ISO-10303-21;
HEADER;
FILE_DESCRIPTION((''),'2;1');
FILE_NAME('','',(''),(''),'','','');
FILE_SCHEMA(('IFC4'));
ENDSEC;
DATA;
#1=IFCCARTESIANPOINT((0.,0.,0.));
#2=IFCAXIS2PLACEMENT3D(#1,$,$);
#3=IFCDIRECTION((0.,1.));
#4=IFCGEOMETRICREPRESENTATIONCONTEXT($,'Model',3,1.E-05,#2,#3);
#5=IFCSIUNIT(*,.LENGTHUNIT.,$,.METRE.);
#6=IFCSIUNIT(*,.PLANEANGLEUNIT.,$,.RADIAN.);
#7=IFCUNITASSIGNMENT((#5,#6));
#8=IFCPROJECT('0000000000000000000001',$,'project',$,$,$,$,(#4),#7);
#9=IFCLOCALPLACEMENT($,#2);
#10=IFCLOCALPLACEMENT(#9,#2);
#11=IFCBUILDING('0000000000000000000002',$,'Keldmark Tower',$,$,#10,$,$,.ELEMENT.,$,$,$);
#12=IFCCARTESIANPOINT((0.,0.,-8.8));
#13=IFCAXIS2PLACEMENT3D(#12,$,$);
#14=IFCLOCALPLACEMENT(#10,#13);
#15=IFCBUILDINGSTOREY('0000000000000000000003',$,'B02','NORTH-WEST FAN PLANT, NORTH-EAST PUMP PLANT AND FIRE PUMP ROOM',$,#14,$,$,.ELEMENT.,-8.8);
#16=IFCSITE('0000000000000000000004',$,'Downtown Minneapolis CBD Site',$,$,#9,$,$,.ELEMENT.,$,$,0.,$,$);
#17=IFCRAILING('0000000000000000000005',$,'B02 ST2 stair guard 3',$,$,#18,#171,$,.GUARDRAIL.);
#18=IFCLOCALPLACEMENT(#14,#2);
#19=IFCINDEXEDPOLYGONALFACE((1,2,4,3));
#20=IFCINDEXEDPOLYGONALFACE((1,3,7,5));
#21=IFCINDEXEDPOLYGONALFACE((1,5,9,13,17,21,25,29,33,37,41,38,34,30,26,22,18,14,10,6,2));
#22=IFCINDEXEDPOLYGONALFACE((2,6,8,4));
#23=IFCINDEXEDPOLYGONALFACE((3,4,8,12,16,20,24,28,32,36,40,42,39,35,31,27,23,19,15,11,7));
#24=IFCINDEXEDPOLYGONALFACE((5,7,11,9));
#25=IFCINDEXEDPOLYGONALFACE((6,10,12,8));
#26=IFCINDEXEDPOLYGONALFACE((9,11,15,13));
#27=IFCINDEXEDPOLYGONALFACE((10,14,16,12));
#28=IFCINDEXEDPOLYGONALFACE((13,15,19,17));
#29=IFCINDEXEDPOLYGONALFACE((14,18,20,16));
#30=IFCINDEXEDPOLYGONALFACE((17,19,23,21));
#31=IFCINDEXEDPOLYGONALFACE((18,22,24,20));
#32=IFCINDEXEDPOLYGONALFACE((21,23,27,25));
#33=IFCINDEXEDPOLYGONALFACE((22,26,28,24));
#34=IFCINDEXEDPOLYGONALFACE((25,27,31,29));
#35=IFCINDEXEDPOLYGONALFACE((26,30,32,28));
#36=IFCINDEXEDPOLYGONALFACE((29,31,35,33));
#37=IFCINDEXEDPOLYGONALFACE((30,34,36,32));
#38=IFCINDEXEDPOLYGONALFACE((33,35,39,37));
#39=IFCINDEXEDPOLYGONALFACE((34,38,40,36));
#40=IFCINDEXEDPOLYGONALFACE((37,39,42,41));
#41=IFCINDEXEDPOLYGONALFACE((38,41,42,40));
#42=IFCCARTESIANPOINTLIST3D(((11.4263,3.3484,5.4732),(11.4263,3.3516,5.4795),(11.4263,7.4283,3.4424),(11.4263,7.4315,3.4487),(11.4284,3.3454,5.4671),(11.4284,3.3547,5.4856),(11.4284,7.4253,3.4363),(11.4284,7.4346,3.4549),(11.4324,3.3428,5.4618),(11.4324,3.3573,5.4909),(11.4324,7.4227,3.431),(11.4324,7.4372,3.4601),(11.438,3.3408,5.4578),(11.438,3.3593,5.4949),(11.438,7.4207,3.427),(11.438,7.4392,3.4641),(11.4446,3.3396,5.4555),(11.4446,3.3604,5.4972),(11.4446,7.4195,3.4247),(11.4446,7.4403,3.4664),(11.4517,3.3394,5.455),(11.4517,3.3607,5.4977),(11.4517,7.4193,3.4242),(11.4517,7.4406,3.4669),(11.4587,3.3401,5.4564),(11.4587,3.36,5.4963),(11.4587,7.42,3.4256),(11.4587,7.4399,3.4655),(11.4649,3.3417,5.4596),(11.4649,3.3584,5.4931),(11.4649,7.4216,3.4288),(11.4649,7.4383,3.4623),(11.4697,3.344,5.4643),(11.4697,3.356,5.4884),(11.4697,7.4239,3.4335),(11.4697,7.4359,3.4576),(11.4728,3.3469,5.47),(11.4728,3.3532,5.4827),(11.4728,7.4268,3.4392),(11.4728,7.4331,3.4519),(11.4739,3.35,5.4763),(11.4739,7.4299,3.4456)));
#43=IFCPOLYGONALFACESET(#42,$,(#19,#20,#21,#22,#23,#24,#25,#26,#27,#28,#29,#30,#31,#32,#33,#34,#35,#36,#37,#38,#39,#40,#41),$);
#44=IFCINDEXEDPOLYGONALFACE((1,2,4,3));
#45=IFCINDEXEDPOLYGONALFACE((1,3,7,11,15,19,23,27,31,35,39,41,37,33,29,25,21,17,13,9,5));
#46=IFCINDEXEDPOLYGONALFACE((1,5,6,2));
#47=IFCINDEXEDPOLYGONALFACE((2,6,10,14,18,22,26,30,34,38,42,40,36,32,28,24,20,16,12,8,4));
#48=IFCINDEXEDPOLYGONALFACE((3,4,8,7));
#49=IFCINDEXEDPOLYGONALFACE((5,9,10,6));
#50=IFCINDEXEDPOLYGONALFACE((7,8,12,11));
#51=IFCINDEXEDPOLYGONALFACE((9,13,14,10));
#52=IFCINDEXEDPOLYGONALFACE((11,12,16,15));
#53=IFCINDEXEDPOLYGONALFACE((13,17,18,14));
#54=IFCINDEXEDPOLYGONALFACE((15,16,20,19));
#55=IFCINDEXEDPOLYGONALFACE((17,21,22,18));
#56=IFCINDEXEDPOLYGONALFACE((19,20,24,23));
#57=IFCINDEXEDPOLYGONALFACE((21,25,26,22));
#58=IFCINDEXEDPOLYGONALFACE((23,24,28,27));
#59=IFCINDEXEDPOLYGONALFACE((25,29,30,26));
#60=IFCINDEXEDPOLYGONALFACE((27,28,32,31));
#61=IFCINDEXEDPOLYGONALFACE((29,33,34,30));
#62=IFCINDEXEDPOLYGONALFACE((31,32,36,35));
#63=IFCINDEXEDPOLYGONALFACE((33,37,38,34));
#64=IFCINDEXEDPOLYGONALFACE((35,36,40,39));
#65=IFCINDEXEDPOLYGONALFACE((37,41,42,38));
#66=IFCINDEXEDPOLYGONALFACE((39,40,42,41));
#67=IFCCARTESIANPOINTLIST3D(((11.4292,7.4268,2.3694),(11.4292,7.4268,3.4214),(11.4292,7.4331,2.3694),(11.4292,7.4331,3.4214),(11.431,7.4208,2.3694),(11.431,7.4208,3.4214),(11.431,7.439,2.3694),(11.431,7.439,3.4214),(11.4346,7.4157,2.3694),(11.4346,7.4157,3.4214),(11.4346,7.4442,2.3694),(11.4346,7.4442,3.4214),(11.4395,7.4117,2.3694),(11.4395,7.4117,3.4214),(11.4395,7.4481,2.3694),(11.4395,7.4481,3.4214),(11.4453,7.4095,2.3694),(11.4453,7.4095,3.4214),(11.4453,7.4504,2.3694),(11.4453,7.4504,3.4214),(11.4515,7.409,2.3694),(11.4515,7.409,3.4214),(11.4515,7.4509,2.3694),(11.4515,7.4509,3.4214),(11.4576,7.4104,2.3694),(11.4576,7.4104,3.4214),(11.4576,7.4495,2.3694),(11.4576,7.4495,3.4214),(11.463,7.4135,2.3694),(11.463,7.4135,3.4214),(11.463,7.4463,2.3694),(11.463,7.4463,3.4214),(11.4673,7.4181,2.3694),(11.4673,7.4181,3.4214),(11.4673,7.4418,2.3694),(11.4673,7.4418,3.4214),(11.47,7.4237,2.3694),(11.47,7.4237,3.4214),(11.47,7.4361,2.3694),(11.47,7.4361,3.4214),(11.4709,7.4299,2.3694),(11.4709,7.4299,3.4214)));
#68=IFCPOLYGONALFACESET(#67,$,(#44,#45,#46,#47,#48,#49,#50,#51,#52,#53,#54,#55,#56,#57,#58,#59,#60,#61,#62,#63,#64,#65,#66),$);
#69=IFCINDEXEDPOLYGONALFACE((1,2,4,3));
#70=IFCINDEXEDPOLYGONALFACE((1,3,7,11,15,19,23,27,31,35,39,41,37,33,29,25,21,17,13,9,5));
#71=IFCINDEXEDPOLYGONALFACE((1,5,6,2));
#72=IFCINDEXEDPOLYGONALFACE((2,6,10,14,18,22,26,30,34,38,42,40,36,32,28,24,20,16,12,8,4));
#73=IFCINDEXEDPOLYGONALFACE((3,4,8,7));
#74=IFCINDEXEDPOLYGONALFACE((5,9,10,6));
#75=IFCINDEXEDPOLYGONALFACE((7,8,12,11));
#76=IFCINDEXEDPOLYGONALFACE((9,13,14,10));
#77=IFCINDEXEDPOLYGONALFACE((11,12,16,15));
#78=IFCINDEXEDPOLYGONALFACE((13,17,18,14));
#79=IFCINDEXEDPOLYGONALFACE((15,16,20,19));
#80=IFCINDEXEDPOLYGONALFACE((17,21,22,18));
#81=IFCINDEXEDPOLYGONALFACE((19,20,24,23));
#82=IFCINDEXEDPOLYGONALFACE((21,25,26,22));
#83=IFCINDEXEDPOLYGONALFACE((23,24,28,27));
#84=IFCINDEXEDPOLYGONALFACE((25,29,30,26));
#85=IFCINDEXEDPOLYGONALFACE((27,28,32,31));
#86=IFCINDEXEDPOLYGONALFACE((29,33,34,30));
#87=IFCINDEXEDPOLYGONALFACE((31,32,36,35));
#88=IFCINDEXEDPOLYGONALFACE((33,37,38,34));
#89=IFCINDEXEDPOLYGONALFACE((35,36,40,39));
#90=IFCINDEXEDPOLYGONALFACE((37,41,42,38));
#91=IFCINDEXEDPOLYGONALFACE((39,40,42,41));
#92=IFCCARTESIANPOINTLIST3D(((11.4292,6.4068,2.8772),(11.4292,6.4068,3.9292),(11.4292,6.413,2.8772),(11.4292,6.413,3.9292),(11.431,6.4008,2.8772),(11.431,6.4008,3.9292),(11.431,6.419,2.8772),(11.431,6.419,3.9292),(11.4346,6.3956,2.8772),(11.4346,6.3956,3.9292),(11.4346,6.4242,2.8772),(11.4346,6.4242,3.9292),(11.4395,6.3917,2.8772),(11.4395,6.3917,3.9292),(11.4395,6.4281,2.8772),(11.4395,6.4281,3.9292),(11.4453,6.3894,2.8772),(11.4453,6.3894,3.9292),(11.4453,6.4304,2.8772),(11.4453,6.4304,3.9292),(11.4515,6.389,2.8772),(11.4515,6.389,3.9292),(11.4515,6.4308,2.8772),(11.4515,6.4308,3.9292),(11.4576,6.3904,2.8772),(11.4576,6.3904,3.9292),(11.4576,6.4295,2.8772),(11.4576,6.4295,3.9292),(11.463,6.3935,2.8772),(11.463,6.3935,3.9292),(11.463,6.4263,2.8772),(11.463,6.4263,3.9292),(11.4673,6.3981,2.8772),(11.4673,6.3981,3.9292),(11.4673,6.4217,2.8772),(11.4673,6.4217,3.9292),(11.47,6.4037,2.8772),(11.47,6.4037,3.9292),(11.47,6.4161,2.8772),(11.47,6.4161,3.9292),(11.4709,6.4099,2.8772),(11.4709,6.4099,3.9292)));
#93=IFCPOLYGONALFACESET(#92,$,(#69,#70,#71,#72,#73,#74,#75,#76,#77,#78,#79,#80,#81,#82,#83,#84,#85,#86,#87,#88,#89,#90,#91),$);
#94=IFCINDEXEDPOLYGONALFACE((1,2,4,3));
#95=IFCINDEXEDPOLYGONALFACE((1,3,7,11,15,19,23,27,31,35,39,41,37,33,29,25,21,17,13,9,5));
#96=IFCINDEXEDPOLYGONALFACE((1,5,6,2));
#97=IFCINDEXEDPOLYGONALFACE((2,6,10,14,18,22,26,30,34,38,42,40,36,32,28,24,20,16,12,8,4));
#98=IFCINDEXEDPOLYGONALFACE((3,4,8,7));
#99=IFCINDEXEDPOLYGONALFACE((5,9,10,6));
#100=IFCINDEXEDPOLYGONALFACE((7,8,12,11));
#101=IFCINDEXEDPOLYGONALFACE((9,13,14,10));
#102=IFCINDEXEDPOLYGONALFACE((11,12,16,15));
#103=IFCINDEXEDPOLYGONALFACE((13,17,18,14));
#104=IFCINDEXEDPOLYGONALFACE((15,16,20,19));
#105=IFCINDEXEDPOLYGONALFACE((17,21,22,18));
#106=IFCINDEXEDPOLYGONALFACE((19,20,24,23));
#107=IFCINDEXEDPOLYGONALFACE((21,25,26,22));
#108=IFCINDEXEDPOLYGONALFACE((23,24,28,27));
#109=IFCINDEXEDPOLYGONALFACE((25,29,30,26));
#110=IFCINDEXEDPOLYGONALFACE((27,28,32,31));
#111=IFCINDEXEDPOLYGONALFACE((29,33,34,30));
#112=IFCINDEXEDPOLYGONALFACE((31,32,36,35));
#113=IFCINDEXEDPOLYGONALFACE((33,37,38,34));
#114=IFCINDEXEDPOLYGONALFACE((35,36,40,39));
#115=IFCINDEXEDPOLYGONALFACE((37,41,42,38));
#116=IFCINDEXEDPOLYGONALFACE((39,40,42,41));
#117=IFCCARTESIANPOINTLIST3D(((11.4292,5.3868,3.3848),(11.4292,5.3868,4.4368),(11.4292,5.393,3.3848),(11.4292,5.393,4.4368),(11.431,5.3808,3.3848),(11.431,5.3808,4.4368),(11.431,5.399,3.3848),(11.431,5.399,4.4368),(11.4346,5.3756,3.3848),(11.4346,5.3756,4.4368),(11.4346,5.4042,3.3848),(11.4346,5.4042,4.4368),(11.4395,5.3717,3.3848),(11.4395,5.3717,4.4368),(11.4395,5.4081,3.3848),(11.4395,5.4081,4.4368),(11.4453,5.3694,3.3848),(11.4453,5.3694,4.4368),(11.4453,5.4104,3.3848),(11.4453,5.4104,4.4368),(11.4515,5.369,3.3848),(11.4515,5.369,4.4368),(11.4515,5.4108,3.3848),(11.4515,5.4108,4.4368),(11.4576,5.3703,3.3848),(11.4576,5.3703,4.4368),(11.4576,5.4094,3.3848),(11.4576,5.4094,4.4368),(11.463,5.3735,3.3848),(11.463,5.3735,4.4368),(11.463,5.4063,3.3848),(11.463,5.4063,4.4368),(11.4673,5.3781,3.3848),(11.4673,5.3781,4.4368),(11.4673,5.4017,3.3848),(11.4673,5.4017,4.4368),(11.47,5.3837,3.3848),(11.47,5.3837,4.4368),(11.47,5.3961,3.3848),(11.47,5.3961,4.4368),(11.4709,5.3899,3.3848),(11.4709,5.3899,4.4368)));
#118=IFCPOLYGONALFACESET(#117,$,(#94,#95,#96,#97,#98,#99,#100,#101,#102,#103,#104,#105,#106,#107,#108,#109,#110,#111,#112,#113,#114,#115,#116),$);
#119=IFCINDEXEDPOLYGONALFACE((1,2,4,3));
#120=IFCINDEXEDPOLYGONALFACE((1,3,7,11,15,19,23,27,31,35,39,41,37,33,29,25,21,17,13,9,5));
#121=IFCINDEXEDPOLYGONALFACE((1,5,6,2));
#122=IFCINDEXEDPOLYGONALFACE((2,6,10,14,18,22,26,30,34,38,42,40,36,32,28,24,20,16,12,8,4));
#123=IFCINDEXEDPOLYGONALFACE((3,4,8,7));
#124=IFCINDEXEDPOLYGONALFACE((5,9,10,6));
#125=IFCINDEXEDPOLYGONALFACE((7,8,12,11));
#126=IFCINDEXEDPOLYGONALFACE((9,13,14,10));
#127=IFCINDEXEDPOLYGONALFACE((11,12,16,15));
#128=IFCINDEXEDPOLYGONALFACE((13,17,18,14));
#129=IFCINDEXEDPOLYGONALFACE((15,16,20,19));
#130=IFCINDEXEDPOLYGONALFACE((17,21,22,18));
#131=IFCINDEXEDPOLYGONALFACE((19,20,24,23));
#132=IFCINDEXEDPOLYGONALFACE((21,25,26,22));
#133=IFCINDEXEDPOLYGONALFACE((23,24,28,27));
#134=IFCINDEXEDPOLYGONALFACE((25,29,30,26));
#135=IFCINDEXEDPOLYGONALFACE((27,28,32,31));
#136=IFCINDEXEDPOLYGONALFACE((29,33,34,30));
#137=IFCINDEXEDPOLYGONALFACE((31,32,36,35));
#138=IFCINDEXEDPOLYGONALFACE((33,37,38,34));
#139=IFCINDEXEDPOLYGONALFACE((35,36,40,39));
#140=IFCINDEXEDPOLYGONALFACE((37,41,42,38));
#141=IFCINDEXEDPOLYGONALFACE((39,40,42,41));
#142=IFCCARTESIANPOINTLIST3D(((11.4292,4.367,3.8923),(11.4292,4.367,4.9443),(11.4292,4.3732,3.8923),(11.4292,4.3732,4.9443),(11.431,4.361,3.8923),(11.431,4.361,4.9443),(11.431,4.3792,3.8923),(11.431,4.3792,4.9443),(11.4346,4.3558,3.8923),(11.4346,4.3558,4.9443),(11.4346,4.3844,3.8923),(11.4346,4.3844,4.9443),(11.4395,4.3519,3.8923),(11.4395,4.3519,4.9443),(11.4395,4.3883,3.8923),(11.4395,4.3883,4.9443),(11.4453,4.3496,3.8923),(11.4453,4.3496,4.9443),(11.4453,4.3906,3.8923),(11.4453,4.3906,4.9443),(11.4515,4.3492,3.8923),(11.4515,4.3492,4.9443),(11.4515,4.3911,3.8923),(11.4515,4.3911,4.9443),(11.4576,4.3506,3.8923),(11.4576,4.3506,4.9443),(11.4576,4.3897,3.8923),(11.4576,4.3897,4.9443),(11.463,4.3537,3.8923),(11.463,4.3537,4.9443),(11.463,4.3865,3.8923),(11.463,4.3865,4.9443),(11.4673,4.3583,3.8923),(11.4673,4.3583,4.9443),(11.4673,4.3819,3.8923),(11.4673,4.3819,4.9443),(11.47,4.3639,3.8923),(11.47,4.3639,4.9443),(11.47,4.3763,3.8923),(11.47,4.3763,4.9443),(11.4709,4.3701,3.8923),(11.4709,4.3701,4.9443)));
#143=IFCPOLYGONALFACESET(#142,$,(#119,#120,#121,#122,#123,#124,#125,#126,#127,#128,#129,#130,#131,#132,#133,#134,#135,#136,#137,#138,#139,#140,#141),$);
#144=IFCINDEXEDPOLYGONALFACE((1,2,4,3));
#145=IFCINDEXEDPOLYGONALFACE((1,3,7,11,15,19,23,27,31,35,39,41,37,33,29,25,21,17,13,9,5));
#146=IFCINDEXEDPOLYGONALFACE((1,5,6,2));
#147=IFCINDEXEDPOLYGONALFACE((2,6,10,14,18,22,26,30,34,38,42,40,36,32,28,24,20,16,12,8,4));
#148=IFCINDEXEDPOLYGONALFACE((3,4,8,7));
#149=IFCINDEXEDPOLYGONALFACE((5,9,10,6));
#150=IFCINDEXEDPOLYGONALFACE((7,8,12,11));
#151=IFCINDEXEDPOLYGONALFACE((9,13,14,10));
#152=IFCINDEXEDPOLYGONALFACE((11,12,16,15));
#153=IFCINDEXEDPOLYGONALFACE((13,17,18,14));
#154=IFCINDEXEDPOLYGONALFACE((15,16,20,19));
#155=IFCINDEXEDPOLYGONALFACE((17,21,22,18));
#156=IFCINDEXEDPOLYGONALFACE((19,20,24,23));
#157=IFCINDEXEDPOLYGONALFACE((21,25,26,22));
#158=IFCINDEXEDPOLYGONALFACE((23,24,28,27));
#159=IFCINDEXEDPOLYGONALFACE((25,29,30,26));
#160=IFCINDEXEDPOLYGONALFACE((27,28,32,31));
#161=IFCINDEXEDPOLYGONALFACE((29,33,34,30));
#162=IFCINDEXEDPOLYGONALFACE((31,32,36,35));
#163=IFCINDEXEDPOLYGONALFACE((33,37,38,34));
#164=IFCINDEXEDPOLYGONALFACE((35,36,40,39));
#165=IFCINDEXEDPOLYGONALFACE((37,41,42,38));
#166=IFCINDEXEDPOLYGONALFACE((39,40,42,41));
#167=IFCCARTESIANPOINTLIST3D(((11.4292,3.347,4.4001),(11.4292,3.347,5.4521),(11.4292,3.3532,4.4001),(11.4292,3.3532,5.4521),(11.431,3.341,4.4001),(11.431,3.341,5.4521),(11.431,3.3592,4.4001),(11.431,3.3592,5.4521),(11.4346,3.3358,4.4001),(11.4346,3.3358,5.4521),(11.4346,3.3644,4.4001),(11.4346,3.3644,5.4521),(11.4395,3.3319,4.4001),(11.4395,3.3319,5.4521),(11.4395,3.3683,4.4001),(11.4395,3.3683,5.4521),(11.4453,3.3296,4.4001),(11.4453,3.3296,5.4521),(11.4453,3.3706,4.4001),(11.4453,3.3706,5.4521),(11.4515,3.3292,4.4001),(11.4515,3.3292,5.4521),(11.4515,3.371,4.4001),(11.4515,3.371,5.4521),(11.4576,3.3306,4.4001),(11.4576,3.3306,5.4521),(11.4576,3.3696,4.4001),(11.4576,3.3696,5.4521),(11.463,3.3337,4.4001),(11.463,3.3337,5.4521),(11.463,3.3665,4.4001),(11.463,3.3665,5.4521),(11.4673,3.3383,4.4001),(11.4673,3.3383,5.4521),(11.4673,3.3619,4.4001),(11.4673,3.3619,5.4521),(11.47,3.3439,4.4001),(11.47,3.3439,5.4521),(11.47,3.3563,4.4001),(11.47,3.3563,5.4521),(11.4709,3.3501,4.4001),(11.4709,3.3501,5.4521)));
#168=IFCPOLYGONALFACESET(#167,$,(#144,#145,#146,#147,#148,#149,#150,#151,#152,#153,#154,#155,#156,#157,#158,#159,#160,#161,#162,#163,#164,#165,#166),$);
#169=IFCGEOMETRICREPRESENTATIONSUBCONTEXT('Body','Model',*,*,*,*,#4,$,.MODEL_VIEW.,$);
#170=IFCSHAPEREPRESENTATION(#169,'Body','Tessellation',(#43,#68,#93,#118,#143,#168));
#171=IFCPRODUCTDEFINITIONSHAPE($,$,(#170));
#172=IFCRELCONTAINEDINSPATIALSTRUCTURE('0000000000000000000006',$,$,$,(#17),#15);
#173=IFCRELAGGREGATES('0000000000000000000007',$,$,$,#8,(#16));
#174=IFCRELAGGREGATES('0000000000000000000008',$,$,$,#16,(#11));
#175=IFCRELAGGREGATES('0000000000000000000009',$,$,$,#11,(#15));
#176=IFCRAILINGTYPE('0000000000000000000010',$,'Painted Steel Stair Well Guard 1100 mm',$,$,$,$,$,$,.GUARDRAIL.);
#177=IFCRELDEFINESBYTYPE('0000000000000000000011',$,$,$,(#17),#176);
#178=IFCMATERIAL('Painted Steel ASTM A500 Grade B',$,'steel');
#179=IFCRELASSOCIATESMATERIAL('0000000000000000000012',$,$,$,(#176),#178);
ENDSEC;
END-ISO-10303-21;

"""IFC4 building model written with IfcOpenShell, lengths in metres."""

from ifc_helpers import new_model, si_unit, direction, frame, origin, origin_2d, place, context, subcontext, project, spatial, circle, extrude, material, type_object, element, save


model = new_model("IFC4")

# Units and contexts
model_context = context("Model", 3, precision=1e-05, world=origin(), true_north=direction((0.0, 1.0)))
body_context = subcontext(model_context, "Body", "Model", "MODEL_VIEW")
ifc_project = project(units=[si_unit("LENGTHUNIT", "METRE"), si_unit("PLANEANGLEUNIT", "RADIAN")], contexts=[model_context])

# Site, building, storey
site_placement = place(None, origin())
site = spatial("IfcSite", under=ifc_project, at=site_placement, Name="Downtown Minneapolis CBD Site", CompositionType="ELEMENT", RefElevation=0.0)
building_placement = place(site_placement, origin())
building = spatial("IfcBuilding", under=site, at=building_placement, Name="Keldmark Tower", CompositionType="ELEMENT")
storey_placement = place(building_placement, frame((0.0, 0.0, -8.8)))
storey = spatial("IfcBuildingStorey", under=building, at=storey_placement, Name="B02", Description="NORTH-WEST FAN PLANT, NORTH-EAST PUMP PLANT AND FIRE PUMP ROOM", CompositionType="ELEMENT", Elevation=-8.8)

# Railing
ifc_material_1 = material(Name="Painted Steel ASTM A500 Grade B", Category="steel")
railing_type_1 = type_object("IfcRailingType", Name="Painted Steel Stair Well Guard 1100 mm", PredefinedType="GUARDRAIL", material=ifc_material_1)
railing_1_placement = place(storey_placement, frame((11.45, 7.4299, 2.3694)))
element("IfcRailing", 1, at=railing_1_placement, inside=storey, type_object=railing_type_1, Name="B02 ST2 stair guard 3", PredefinedType="GUARDRAIL", context=body_context, shape_type="SweptSolid", body=[
    extrude(circle(Radius=0.0239, at=origin_2d()), frame((0.0, 0.0, 1.0762), z_axis=(0.0, -0.895229, 0.445606), x_axis=(1.0, 0.0, 0.0)), (0.0, 0.0, 1.0), 4.5574),
    extrude(circle(Radius=0.021, at=origin_2d()), origin(), (0.0, 0.0, 1.0), 1.052),
    extrude(circle(Radius=0.021, at=origin_2d()), frame((0.0, -1.02, 0.5078)), (0.0, 0.0, 1.0), 1.052),
    extrude(circle(Radius=0.021, at=origin_2d()), frame((0.0, -2.04, 1.0154)), (0.0, 0.0, 1.0), 1.052),
    extrude(circle(Radius=0.021, at=origin_2d()), frame((0.0, -3.0598, 1.5229)), (0.0, 0.0, 1.0), 1.052),
    extrude(circle(Radius=0.021, at=origin_2d()), frame((0.0, -4.0798, 2.0308)), (0.0, 0.0, 1.0), 1.052),
])

save(model, "model.ifc")
